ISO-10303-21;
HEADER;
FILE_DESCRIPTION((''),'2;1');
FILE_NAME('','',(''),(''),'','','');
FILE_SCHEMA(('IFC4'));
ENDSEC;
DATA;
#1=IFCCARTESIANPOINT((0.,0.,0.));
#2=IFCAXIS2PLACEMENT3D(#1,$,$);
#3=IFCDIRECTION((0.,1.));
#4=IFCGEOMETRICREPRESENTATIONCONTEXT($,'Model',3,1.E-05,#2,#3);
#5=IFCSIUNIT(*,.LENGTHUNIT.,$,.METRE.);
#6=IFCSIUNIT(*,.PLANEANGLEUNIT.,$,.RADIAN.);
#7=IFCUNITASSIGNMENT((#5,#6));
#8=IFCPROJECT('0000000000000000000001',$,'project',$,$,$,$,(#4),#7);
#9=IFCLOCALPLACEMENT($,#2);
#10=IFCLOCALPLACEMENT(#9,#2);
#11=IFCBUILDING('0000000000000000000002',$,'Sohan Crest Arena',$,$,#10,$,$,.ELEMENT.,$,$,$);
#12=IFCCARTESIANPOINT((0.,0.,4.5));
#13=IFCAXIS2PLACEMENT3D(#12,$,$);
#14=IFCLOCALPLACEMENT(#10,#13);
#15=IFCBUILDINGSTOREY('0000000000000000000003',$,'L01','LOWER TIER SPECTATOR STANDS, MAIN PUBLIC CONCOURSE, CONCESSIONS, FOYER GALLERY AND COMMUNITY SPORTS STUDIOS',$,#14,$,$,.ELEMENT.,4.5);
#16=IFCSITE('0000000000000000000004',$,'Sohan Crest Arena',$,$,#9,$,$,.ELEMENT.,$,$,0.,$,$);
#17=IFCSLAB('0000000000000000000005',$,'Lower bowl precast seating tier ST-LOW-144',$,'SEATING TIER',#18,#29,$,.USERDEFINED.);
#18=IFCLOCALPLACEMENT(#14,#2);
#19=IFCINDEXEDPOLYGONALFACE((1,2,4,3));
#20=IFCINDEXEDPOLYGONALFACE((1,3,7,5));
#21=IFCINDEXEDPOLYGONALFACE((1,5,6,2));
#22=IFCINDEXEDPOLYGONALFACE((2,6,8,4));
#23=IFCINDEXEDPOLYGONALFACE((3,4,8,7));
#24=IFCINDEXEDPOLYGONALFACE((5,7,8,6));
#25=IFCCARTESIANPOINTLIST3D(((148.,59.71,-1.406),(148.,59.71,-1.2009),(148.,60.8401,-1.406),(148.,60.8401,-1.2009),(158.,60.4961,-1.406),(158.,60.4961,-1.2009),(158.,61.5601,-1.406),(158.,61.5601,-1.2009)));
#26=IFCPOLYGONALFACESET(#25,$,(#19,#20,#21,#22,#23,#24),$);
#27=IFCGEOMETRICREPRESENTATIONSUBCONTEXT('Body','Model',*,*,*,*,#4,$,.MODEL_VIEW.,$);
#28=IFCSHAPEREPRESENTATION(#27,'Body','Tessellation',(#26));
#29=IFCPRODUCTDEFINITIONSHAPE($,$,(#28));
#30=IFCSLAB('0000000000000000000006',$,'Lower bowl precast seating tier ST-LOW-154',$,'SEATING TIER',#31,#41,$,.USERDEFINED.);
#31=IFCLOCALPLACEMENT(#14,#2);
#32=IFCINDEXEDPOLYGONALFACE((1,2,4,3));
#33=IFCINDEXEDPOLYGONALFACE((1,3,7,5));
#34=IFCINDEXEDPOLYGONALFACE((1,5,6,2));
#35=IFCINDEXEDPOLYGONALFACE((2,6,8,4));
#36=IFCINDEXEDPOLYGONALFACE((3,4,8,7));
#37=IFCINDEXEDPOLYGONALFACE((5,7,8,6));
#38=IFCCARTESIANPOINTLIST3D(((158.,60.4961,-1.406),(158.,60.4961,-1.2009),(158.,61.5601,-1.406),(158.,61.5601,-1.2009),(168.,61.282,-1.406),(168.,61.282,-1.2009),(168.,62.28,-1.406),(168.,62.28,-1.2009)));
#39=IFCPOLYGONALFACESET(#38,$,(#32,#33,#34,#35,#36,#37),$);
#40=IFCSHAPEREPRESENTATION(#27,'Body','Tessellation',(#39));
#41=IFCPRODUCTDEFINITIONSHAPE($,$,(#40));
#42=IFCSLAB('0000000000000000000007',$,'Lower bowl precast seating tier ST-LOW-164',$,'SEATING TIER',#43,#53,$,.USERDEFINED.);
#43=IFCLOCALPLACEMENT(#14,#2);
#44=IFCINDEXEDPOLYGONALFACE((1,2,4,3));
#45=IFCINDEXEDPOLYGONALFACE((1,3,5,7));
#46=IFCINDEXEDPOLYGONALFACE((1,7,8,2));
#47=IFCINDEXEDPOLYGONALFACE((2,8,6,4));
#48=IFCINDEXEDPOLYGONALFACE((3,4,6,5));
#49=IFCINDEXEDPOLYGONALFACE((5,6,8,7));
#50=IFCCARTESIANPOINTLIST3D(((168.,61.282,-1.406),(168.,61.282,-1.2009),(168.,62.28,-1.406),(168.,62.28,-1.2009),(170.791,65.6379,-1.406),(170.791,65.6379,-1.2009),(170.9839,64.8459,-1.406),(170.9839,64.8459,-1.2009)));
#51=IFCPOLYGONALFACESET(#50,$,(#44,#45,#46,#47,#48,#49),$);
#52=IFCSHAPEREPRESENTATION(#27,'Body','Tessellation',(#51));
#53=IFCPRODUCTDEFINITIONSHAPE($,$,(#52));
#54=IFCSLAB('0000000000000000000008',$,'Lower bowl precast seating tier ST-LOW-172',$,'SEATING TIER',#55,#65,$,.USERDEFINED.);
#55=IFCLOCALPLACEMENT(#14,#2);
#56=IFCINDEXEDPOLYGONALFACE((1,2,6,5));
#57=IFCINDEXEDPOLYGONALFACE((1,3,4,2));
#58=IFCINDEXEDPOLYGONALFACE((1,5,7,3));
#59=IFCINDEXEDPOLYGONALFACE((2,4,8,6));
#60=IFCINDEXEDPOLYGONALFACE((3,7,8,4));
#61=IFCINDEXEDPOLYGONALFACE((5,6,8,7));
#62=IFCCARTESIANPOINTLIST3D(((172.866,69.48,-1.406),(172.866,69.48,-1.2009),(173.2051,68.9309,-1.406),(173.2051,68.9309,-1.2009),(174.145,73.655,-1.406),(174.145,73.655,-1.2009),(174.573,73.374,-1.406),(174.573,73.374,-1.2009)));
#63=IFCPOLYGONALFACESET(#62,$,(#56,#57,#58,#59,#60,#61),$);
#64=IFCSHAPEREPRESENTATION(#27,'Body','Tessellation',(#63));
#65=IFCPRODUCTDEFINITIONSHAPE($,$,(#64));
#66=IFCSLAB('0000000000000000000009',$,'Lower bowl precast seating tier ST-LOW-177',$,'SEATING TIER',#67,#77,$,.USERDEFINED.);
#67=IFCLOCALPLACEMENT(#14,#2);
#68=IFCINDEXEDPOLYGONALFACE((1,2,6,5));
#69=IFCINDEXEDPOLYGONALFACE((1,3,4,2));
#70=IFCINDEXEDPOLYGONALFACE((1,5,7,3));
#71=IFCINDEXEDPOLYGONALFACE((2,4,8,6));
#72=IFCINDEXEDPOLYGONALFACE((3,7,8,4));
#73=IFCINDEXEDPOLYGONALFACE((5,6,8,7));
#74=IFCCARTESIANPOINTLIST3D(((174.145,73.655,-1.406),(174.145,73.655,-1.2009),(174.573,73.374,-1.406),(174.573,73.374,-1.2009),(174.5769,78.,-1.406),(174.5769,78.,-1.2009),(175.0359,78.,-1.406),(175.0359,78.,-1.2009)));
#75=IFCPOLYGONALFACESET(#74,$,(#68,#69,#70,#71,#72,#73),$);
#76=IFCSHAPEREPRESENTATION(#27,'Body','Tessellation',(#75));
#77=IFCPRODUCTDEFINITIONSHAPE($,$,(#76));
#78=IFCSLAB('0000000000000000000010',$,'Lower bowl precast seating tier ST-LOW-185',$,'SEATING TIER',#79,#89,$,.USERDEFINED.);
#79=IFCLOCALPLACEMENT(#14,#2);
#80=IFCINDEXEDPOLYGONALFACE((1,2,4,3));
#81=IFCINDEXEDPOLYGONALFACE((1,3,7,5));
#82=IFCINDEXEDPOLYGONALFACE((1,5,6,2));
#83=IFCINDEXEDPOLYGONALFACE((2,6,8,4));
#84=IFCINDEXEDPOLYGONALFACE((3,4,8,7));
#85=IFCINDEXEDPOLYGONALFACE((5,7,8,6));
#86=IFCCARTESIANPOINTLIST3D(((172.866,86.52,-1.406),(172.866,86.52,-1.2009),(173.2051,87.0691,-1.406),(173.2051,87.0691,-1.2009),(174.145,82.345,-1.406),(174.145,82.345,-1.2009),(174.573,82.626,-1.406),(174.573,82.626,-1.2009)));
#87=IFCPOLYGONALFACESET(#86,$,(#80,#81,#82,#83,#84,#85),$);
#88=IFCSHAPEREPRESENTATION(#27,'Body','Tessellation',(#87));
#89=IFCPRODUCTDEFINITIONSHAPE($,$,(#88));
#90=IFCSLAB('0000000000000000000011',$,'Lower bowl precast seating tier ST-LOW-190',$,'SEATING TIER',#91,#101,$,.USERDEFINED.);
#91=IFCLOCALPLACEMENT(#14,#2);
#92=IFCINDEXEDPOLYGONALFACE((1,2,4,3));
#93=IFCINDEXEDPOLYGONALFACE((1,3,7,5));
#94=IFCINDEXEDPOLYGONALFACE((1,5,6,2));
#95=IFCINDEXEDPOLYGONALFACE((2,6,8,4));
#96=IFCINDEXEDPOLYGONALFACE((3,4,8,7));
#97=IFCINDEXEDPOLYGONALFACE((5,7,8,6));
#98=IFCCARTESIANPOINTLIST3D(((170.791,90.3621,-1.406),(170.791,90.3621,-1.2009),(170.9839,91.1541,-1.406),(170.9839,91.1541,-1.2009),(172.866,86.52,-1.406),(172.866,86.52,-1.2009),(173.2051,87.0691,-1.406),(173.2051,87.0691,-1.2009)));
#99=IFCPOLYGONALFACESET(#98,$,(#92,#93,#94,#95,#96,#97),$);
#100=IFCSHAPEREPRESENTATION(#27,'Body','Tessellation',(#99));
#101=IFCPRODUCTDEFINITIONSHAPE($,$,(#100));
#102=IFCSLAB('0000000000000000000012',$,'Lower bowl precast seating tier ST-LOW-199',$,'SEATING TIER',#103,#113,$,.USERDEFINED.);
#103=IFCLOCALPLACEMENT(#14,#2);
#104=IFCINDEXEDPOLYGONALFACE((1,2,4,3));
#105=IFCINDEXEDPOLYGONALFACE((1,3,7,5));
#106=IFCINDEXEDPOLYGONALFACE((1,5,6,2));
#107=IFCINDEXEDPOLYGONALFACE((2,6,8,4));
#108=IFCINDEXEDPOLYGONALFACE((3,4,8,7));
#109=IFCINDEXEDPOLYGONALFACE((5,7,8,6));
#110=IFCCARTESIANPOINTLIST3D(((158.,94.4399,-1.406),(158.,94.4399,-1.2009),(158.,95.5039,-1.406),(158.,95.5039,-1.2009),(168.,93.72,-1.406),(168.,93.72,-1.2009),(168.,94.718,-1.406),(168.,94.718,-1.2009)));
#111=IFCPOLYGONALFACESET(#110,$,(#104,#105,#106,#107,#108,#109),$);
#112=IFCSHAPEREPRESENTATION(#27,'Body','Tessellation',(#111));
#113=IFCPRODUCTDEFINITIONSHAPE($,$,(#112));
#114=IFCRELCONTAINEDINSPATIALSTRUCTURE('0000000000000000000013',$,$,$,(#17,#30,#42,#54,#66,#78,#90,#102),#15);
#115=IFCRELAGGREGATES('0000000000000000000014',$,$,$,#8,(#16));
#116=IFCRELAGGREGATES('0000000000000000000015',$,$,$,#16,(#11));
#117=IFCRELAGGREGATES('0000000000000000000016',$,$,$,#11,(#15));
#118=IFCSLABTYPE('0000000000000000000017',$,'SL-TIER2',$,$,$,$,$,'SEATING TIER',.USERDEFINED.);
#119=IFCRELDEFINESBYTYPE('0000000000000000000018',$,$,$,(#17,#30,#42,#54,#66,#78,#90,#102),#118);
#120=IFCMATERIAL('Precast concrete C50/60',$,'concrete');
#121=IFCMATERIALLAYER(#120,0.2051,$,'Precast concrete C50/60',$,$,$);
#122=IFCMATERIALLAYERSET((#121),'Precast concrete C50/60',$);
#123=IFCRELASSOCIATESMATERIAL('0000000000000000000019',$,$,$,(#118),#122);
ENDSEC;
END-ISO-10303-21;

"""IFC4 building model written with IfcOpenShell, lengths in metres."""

from ifc_helpers import new_model, si_unit, direction, frame, origin, place, context, subcontext, project, spatial, polyline, outline, extrude, material, layer, layer_set, type_object, element, save


model = new_model("IFC4")

# Units and contexts
model_context = context("Model", 3, precision=1e-05, world=origin(), true_north=direction((0.0, 1.0)))
body_context = subcontext(model_context, "Body", "Model", "MODEL_VIEW")
ifc_project = project(units=[si_unit("LENGTHUNIT", "METRE"), si_unit("PLANEANGLEUNIT", "RADIAN")], contexts=[model_context])

# Site, building, storey
site_placement = place(None, origin())
site = spatial("IfcSite", under=ifc_project, at=site_placement, Name="Sohan Crest Arena", CompositionType="ELEMENT", RefElevation=0.0)
building_placement = place(site_placement, origin())
building = spatial("IfcBuilding", under=site, at=building_placement, Name="Sohan Crest Arena", CompositionType="ELEMENT")
storey_placement = place(building_placement, frame((0.0, 0.0, 4.5)))
storey = spatial("IfcBuildingStorey", under=building, at=storey_placement, Name="L01", Description="LOWER TIER SPECTATOR STANDS, MAIN PUBLIC CONCOURSE, CONCESSIONS, FOYER GALLERY AND COMMUNITY SPORTS STUDIOS", CompositionType="ELEMENT", Elevation=4.5)

# Slabs
ifc_material = material(Name="Precast concrete C50/60", Category="concrete")
ifc_layer_1 = layer(ifc_material, 0.2051, Name="Precast concrete C50/60")
ifc_layer_set_1 = layer_set([ifc_layer_1], Name="Precast concrete C50/60")
slab_type_1 = type_object("IfcSlabType", Name="SL-TIER2", ElementType="SEATING TIER", PredefinedType="USERDEFINED", material=ifc_layer_set_1)
slab_1_placement = place(storey_placement, frame((0.0, 0.0, -1.406)))
element("IfcSlab", 1, at=slab_1_placement, inside=storey, type_object=slab_type_1, Name="Lower bowl precast seating tier ST-LOW-144", ObjectType="SEATING TIER", PredefinedType="USERDEFINED", context=body_context, shape_type="SweptSolid", body=[
    extrude(outline(polyline([(148.0, 60.8401), (158.0, 61.5601), (158.0, 60.4961), (148.0, 59.71), (148.0, 60.8401)])), origin(), (0.0, 0.0, 1.0), 0.2051),
])
slab_2_placement = place(storey_placement, frame((0.0, 0.0, -1.406)))
element("IfcSlab", 2, at=slab_2_placement, inside=storey, type_object=slab_type_1, Name="Lower bowl precast seating tier ST-LOW-154", ObjectType="SEATING TIER", PredefinedType="USERDEFINED", context=body_context, shape_type="SweptSolid", body=[
    extrude(outline(polyline([(158.0, 61.5601), (168.0, 62.28), (168.0, 61.282), (158.0, 60.4961), (158.0, 61.5601)])), origin(), (0.0, 0.0, 1.0), 0.2051),
])
slab_3_placement = place(storey_placement, frame((0.0, 0.0, -1.406)))
element("IfcSlab", 3, at=slab_3_placement, inside=storey, type_object=slab_type_1, Name="Lower bowl precast seating tier ST-LOW-164", ObjectType="SEATING TIER", PredefinedType="USERDEFINED", context=body_context, shape_type="SweptSolid", body=[
    extrude(outline(polyline([(168.0, 62.28), (170.791, 65.6379), (170.9839, 64.8459), (168.0, 61.282), (168.0, 62.28)])), origin(), (0.0, 0.0, 1.0), 0.2051),
])
slab_4_placement = place(storey_placement, frame((0.0, 0.0, -1.406)))
element("IfcSlab", 4, at=slab_4_placement, inside=storey, type_object=slab_type_1, Name="Lower bowl precast seating tier ST-LOW-172", ObjectType="SEATING TIER", PredefinedType="USERDEFINED", context=body_context, shape_type="SweptSolid", body=[
    extrude(outline(polyline([(172.866, 69.48), (174.145, 73.655), (174.573, 73.374), (173.2051, 68.9309), (172.866, 69.48)])), origin(), (0.0, 0.0, 1.0), 0.2051),
])
slab_5_placement = place(storey_placement, frame((0.0, 0.0, -1.406)))
element("IfcSlab", 5, at=slab_5_placement, inside=storey, type_object=slab_type_1, Name="Lower bowl precast seating tier ST-LOW-177", ObjectType="SEATING TIER", PredefinedType="USERDEFINED", context=body_context, shape_type="SweptSolid", body=[
    extrude(outline(polyline([(174.145, 73.655), (174.5769, 78.0), (175.0359, 78.0), (174.573, 73.374), (174.145, 73.655)])), origin(), (0.0, 0.0, 1.0), 0.2051),
])
slab_6_placement = place(storey_placement, frame((0.0, 0.0, -1.406)))
element("IfcSlab", 6, at=slab_6_placement, inside=storey, type_object=slab_type_1, Name="Lower bowl precast seating tier ST-LOW-185", ObjectType="SEATING TIER", PredefinedType="USERDEFINED", context=body_context, shape_type="SweptSolid", body=[
    extrude(outline(polyline([(174.145, 82.345), (172.866, 86.52), (173.2051, 87.0691), (174.573, 82.626), (174.145, 82.345)])), origin(), (0.0, 0.0, 1.0), 0.2051),
])
slab_7_placement = place(storey_placement, frame((0.0, 0.0, -1.406)))
element("IfcSlab", 7, at=slab_7_placement, inside=storey, type_object=slab_type_1, Name="Lower bowl precast seating tier ST-LOW-190", ObjectType="SEATING TIER", PredefinedType="USERDEFINED", context=body_context, shape_type="SweptSolid", body=[
    extrude(outline(polyline([(172.866, 86.52), (170.791, 90.3621), (170.9839, 91.1541), (173.2051, 87.0691), (172.866, 86.52)])), origin(), (0.0, 0.0, 1.0), 0.2051),
])
slab_8_placement = place(storey_placement, frame((0.0, 0.0, -1.406)))
element("IfcSlab", 8, at=slab_8_placement, inside=storey, type_object=slab_type_1, Name="Lower bowl precast seating tier ST-LOW-199", ObjectType="SEATING TIER", PredefinedType="USERDEFINED", context=body_context, shape_type="SweptSolid", body=[
    extrude(outline(polyline([(168.0, 93.72), (158.0, 94.4399), (158.0, 95.5039), (168.0, 94.718), (168.0, 93.72)])), origin(), (0.0, 0.0, 1.0), 0.2051),
])

save(model, "model.ifc")
